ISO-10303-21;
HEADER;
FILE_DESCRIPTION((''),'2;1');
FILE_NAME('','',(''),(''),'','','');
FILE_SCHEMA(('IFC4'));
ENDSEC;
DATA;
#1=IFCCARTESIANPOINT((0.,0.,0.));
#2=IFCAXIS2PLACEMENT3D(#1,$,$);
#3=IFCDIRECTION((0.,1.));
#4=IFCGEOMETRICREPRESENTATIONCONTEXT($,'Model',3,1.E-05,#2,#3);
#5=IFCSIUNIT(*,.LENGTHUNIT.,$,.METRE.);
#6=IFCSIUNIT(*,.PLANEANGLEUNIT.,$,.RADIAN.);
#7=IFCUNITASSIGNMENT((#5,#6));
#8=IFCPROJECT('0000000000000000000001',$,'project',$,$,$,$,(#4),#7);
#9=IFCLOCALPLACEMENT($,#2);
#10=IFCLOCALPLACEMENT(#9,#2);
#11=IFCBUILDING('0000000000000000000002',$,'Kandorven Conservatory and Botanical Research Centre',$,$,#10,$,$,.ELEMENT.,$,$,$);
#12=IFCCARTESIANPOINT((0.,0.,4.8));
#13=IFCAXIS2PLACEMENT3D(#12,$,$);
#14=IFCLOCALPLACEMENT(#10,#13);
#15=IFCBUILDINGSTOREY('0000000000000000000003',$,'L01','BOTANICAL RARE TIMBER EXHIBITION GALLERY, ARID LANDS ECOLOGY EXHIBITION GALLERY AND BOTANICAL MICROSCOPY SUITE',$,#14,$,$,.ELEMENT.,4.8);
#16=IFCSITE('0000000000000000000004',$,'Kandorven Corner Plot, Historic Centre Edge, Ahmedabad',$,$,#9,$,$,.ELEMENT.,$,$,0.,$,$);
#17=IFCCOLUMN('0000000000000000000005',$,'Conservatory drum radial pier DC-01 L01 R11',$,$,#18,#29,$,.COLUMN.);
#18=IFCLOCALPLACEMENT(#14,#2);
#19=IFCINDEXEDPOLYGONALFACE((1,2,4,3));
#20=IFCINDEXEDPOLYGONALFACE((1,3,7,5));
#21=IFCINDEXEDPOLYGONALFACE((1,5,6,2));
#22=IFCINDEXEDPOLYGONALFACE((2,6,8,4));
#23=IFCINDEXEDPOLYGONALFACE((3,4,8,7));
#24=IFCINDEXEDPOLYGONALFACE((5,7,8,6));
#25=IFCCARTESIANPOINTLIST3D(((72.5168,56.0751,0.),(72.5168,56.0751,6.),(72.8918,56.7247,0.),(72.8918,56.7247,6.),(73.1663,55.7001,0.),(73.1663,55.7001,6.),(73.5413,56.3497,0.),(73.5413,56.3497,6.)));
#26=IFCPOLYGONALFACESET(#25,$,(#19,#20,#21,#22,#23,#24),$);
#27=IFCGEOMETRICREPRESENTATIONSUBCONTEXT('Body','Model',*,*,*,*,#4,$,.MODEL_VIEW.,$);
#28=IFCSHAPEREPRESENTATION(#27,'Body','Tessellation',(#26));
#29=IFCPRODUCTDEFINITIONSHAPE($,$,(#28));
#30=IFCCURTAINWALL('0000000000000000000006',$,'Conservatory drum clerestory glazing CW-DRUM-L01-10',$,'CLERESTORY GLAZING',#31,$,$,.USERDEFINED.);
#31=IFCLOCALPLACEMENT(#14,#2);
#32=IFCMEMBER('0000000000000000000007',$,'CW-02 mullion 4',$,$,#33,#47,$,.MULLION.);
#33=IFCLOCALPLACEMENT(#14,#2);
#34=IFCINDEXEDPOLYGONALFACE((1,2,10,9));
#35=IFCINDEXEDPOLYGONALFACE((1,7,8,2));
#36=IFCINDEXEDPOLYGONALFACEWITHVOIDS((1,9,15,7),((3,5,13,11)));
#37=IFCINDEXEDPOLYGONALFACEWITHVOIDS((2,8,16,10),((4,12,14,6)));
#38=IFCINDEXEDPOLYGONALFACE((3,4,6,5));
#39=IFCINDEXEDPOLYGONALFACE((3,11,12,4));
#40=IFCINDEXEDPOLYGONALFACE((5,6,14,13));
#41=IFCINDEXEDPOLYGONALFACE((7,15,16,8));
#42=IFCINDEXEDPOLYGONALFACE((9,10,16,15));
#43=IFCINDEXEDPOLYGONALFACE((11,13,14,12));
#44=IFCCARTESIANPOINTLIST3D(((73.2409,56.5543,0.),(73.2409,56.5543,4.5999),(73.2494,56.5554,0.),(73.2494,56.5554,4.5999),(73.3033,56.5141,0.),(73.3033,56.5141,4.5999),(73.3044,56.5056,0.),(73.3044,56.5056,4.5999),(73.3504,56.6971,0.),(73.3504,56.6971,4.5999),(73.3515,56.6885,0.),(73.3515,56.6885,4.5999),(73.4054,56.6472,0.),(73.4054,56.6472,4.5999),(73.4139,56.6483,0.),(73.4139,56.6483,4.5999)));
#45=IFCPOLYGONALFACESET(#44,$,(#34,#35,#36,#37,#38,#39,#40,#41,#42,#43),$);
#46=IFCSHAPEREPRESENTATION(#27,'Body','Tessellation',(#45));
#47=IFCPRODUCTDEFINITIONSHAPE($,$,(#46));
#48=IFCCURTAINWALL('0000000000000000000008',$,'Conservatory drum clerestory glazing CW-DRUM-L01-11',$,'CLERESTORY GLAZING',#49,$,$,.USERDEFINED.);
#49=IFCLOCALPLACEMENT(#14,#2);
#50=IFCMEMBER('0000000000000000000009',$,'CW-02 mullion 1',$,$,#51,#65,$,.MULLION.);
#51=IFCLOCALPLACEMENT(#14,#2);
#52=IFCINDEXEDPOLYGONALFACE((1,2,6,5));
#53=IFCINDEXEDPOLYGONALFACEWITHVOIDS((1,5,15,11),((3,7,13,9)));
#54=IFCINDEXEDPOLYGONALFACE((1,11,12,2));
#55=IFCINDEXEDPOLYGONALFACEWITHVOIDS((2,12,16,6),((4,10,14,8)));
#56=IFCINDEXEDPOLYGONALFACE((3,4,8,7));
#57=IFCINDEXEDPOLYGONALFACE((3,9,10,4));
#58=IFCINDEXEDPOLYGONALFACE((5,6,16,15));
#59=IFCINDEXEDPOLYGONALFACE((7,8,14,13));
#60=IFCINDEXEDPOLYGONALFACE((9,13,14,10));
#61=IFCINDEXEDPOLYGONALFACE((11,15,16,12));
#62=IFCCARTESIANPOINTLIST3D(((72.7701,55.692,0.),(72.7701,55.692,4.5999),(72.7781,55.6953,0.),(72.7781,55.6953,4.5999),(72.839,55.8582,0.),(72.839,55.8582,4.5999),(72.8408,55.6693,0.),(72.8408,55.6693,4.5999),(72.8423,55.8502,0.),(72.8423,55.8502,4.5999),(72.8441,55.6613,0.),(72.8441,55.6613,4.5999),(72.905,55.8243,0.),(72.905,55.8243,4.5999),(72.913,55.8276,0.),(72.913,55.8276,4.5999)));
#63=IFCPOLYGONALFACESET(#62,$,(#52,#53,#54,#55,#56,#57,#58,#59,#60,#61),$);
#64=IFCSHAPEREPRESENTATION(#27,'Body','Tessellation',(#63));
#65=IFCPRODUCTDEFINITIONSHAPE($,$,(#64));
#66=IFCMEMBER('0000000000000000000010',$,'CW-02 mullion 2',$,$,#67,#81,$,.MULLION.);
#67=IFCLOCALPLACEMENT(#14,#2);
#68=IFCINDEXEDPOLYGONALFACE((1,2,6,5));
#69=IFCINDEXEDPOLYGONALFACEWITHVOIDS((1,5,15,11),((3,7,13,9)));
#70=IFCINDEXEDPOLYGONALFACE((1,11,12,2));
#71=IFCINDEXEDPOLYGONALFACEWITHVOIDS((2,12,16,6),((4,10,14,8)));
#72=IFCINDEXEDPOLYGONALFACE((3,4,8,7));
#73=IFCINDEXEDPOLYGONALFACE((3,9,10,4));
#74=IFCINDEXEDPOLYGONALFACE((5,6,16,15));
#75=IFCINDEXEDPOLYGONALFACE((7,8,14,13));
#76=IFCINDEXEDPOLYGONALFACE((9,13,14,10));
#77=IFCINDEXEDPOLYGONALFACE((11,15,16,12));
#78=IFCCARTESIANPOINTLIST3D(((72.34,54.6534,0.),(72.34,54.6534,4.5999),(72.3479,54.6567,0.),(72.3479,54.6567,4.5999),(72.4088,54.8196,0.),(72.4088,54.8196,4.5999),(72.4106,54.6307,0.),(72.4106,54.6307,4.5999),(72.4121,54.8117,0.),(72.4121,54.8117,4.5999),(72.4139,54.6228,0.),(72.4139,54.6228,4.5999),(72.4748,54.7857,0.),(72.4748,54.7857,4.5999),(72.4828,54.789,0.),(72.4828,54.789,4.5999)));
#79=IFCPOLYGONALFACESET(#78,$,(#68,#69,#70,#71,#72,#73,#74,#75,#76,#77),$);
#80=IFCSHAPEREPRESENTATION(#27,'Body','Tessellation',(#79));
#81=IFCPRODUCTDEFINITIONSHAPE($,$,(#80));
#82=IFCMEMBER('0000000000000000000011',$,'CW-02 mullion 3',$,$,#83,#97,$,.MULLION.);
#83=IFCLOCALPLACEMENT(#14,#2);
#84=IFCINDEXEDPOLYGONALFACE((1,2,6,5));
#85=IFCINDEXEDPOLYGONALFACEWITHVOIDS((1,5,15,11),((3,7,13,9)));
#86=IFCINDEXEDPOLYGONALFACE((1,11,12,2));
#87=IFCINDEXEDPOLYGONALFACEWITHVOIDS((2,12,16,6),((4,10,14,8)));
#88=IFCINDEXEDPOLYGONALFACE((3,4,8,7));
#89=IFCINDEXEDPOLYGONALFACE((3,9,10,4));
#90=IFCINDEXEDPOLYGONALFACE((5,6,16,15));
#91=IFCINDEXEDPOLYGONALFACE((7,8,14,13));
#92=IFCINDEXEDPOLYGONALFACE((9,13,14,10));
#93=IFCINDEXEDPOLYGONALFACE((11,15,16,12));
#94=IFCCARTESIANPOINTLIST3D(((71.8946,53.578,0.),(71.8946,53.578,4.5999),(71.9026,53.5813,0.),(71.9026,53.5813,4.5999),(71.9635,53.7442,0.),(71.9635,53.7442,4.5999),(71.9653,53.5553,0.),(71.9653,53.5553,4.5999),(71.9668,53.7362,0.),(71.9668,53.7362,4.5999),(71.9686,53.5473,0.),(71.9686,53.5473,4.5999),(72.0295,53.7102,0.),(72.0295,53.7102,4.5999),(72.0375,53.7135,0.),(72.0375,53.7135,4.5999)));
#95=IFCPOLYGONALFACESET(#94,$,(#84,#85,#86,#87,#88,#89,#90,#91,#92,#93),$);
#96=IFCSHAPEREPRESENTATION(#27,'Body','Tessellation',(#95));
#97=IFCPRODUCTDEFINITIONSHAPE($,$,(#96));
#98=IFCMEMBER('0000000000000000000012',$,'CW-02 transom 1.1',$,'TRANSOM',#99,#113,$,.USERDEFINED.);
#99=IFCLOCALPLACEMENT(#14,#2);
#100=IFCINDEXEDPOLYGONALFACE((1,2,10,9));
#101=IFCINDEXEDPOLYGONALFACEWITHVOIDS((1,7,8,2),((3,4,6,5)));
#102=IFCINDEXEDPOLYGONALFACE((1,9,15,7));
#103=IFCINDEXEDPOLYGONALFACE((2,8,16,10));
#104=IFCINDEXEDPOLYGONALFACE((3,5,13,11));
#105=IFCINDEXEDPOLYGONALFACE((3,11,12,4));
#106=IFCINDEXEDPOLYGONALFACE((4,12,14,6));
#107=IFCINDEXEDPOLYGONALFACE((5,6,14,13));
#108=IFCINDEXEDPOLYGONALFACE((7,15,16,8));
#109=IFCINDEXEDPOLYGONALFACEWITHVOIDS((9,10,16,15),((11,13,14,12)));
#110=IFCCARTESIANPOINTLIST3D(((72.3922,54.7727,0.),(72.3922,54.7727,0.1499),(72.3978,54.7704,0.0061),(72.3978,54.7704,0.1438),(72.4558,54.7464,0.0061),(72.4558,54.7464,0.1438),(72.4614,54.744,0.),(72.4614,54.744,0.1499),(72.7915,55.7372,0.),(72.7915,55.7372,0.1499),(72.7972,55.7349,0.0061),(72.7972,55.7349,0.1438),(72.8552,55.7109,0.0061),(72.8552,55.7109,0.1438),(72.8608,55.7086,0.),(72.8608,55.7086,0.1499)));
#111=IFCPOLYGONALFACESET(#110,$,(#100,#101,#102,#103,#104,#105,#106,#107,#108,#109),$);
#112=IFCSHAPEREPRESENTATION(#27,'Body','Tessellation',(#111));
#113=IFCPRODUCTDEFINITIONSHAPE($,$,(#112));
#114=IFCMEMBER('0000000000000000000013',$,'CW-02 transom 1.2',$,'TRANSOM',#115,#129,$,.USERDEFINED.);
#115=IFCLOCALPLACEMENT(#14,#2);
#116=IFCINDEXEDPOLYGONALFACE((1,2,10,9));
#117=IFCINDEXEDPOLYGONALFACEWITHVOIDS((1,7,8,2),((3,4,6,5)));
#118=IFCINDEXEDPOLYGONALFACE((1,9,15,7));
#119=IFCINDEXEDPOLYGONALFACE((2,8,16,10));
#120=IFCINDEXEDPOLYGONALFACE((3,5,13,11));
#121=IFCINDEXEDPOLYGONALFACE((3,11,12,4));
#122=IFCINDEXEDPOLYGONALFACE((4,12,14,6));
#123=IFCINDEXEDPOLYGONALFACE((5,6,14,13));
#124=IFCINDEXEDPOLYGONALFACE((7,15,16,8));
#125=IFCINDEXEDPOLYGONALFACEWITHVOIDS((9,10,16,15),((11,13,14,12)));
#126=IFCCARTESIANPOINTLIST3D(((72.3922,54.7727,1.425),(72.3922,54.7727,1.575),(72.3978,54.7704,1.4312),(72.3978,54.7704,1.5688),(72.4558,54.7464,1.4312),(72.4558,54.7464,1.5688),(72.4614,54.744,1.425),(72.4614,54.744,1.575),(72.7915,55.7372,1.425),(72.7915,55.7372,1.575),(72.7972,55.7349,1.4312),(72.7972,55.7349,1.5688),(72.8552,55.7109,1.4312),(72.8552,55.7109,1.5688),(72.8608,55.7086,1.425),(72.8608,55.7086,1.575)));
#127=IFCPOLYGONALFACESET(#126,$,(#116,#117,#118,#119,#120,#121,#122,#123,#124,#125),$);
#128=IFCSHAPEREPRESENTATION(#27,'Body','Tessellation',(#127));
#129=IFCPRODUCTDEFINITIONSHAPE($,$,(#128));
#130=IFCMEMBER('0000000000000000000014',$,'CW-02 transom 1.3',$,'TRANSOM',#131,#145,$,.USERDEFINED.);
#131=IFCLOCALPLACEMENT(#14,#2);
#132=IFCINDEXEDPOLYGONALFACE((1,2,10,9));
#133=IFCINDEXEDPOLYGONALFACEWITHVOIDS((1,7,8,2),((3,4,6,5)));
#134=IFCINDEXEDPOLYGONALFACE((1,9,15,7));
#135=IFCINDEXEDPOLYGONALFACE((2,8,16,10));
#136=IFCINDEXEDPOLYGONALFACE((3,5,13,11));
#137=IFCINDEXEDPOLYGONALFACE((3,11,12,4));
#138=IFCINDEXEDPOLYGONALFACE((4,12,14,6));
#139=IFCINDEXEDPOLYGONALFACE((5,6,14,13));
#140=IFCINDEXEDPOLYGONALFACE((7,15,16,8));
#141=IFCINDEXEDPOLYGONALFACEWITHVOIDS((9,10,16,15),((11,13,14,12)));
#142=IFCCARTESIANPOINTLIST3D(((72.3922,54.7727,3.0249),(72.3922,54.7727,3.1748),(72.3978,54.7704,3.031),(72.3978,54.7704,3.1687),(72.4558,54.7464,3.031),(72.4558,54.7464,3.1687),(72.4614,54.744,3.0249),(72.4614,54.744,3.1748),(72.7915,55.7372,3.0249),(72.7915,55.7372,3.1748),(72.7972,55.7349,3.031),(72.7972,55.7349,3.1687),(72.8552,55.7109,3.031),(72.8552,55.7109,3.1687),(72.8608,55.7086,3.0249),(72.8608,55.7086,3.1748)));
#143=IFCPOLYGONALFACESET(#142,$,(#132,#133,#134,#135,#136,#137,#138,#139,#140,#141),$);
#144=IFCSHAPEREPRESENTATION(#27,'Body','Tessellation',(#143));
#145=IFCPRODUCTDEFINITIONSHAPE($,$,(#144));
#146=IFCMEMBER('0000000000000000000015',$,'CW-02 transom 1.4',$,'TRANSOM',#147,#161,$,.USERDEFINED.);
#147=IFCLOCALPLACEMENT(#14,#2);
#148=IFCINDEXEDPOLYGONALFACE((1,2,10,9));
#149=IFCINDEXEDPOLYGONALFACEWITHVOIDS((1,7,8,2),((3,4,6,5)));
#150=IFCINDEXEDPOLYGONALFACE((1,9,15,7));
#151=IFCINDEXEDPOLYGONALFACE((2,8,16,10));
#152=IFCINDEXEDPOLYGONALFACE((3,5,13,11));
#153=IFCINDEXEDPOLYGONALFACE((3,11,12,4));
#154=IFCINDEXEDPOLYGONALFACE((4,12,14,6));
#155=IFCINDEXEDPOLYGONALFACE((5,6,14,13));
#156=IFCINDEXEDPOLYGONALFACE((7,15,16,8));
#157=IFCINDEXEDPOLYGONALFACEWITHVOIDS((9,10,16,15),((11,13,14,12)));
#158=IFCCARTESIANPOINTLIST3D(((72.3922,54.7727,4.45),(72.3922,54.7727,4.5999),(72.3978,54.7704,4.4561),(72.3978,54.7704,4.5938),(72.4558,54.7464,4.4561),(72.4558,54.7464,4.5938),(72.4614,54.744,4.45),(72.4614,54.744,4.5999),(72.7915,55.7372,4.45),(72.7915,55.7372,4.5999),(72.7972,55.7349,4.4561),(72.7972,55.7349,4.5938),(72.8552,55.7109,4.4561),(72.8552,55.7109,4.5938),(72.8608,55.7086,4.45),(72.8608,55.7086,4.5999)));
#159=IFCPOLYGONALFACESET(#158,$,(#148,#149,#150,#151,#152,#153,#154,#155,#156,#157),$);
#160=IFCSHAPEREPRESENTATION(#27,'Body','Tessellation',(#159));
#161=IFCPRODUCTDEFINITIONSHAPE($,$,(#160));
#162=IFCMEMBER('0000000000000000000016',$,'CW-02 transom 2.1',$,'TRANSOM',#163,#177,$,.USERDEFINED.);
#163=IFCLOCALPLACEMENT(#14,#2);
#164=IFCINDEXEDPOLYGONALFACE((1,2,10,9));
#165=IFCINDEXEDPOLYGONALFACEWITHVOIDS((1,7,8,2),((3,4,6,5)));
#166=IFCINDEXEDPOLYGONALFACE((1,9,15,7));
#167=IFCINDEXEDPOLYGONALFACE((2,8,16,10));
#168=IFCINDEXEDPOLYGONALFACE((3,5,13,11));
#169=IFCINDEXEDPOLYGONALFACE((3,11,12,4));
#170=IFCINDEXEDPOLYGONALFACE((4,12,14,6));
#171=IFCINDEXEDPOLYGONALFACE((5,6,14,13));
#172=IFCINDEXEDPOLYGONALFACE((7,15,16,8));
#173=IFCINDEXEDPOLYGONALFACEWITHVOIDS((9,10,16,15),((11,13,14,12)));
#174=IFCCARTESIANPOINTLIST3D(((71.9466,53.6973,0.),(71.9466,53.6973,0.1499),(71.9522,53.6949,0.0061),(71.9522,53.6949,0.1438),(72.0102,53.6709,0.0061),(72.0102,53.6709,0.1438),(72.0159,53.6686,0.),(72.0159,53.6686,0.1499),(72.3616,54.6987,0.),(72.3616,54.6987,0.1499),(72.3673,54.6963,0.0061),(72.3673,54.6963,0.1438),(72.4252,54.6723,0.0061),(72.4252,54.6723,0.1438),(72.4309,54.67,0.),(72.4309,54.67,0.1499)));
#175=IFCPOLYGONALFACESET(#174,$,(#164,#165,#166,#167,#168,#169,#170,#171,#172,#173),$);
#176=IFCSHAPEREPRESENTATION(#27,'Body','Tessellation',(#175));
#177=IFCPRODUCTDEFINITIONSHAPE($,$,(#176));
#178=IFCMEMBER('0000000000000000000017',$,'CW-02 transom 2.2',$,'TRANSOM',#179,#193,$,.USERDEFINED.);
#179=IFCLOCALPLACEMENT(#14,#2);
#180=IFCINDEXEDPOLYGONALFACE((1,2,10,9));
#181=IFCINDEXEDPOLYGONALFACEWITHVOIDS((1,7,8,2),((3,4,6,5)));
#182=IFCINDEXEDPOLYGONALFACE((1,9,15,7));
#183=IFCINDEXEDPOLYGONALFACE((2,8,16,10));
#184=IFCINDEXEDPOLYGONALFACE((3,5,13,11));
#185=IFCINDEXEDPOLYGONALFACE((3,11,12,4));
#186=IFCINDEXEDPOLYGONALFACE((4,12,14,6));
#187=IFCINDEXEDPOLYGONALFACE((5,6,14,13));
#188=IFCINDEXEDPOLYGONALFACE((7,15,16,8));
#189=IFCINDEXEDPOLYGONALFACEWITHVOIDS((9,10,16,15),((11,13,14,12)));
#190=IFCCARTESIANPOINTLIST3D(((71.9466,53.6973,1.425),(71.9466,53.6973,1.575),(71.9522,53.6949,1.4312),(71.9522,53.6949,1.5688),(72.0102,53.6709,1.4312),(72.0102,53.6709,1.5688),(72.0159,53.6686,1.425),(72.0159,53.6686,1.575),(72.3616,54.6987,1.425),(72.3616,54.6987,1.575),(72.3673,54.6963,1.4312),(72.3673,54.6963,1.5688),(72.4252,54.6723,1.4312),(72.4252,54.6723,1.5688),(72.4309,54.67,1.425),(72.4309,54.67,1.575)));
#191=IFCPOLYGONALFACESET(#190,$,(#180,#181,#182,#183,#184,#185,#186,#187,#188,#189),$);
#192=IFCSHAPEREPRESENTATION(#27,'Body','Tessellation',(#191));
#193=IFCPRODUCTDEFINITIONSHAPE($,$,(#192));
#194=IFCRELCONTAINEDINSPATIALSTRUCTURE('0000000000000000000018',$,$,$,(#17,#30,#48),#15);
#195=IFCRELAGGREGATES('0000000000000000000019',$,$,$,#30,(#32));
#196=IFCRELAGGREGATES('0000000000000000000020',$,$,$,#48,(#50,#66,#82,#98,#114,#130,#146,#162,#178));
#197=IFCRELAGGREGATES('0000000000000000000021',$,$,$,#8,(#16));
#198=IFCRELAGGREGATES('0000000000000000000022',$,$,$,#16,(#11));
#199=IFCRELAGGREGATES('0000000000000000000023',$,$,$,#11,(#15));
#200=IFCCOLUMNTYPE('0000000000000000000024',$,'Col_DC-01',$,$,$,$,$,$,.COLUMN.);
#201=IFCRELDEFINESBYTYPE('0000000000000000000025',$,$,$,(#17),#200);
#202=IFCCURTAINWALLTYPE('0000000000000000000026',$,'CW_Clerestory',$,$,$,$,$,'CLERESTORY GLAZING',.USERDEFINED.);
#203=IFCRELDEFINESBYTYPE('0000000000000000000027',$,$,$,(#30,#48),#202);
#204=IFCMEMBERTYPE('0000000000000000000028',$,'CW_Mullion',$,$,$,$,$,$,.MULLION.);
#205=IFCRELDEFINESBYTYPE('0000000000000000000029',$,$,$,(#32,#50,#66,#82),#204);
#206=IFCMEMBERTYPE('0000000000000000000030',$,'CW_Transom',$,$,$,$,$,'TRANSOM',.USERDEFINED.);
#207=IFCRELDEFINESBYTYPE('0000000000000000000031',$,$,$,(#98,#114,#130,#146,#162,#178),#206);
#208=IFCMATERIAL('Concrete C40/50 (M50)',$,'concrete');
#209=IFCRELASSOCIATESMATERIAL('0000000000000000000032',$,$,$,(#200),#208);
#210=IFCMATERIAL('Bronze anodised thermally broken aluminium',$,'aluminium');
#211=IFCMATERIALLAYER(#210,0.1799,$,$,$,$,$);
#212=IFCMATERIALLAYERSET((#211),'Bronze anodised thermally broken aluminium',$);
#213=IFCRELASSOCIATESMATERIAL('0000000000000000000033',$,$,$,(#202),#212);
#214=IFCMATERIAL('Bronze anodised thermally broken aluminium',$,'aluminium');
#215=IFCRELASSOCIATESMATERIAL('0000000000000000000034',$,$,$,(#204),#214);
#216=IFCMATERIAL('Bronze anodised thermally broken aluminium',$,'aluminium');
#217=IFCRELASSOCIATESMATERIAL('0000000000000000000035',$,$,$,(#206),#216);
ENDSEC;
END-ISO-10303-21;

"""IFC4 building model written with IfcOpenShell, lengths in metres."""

from ifc_helpers import new_model, si_unit, direction, frame, origin, origin_2d, place, context, subcontext, project, spatial, rectangle, hollow_rectangle, extrude, material, layer, layer_set, material_profile, profile_set, type_object, element, aggregate, save


model = new_model("IFC4")

# Units and contexts
model_context = context("Model", 3, precision=1e-05, world=origin(), true_north=direction((0.0, 1.0)))
body_context = subcontext(model_context, "Body", "Model", "MODEL_VIEW")
ifc_project = project(units=[si_unit("LENGTHUNIT", "METRE"), si_unit("PLANEANGLEUNIT", "RADIAN")], contexts=[model_context])

# Site, building, storey
site_placement = place(None, origin())
site = spatial("IfcSite", under=ifc_project, at=site_placement, Name="Kandorven Corner Plot, Historic Centre Edge, Ahmedabad", CompositionType="ELEMENT", RefElevation=0.0)
building_placement = place(site_placement, origin())
building = spatial("IfcBuilding", under=site, at=building_placement, Name="Kandorven Conservatory and Botanical Research Centre", CompositionType="ELEMENT")
storey_placement = place(building_placement, frame((0.0, 0.0, 4.8)))
storey = spatial("IfcBuildingStorey", under=building, at=storey_placement, Name="L01", Description="BOTANICAL RARE TIMBER EXHIBITION GALLERY, ARID LANDS ECOLOGY EXHIBITION GALLERY AND BOTANICAL MICROSCOPY SUITE", CompositionType="ELEMENT", Elevation=4.8)

# Column
ifc_material_1 = material(Name="Concrete C40/50 (M50)", Category="concrete")
ifc_material_profile_1 = material_profile(ifc_material_1, rectangle(XDim=0.75, YDim=0.75, at=origin_2d()))
ifc_profile_set_1 = profile_set([ifc_material_profile_1], Name="Concrete C40/50 (M50)")
column_type = type_object("IfcColumnType", Name="Col_DC-01", PredefinedType="COLUMN", material=ifc_profile_set_1)
column_placement = place(storey_placement, frame((73.0291, 56.2124, 0.0), z_axis=(0.0, 0.0, 1.0), x_axis=(-0.866025, 0.5, 0.0)))
element("IfcColumn", 1, at=column_placement, inside=storey, type_object=column_type, Name="Conservatory drum radial pier DC-01 L01 R11", PredefinedType="COLUMN", context=body_context, shape_type="SweptSolid", body=[
    extrude(rectangle(XDim=0.75, YDim=0.75, at=origin_2d()), origin(), (0.0, 0.0, 1.0), 6.0),
])

# Curtain wall, member
ifc_material_2 = material(Name="Bronze anodised thermally broken aluminium", Category="aluminium")
ifc_layer_1 = layer(ifc_material_2, 0.1799)
ifc_layer_set_1 = layer_set([ifc_layer_1], Name="Bronze anodised thermally broken aluminium")
curtain_wall_type = type_object("IfcCurtainWallType", Name="CW_Clerestory", ElementType="CLERESTORY GLAZING", PredefinedType="USERDEFINED", material=ifc_layer_set_1)
curtain_wall_1_placement = place(storey_placement, origin())
curtain_wall_1 = element("IfcCurtainWall", 2, at=curtain_wall_1_placement, inside=storey, type_object=curtain_wall_type, Name="Conservatory drum clerestory glazing CW-DRUM-L01-10", ObjectType="CLERESTORY GLAZING", PredefinedType="USERDEFINED")
ifc_material_3 = material(Name="Bronze anodised thermally broken aluminium", Category="aluminium")
ifc_material_profile_2 = material_profile(ifc_material_3, hollow_rectangle(XDim=0.0801, YDim=0.1799, WallThickness=0.0061, at=origin_2d()))
ifc_profile_set_2 = profile_set([ifc_material_profile_2], Name="Bronze anodised thermally broken aluminium")
member_type_1 = type_object("IfcMemberType", Name="CW_Mullion", PredefinedType="MULLION", material=ifc_profile_set_2)
member_1_placement = place(storey_placement, frame((73.3274, 56.6013, 0.0), z_axis=(0.0, 0.0, 1.0), x_axis=(0.793347, -0.608769, 0.0)))
member_1 = element("IfcMember", 3, at=member_1_placement, type_object=member_type_1, Name="CW-02 mullion 4", PredefinedType="MULLION", context=body_context, shape_type="SweptSolid", body=[
    extrude(hollow_rectangle(XDim=0.0801, YDim=0.1799, WallThickness=0.0061, at=origin_2d()), origin(), (0.0, 0.0, 1.0), 4.5999),
])

# Curtain wall, members
curtain_wall_2_placement = place(storey_placement, origin())
curtain_wall_2 = element("IfcCurtainWall", 4, at=curtain_wall_2_placement, inside=storey, type_object=curtain_wall_type, Name="Conservatory drum clerestory glazing CW-DRUM-L01-11", ObjectType="CLERESTORY GLAZING", PredefinedType="USERDEFINED")
member_2_placement = place(storey_placement, frame((72.8416, 55.7598, 0.0), z_axis=(0.0, 0.0, 1.0), x_axis=(0.923886, -0.382669, 0.0)))
member_2 = element("IfcMember", 5, at=member_2_placement, type_object=member_type_1, Name="CW-02 mullion 1", PredefinedType="MULLION", context=body_context, shape_type="SweptSolid", body=[
    extrude(hollow_rectangle(XDim=0.0801, YDim=0.1799, WallThickness=0.0061, at=origin_2d()), origin(), (0.0, 0.0, 1.0), 4.5999),
])
member_3_placement = place(storey_placement, frame((72.4114, 54.7212, 0.0), z_axis=(0.0, 0.0, 1.0), x_axis=(0.923886, -0.382669, 0.0)))
member_3 = element("IfcMember", 6, at=member_3_placement, type_object=member_type_1, Name="CW-02 mullion 2", PredefinedType="MULLION", context=body_context, shape_type="SweptSolid", body=[
    extrude(hollow_rectangle(XDim=0.0801, YDim=0.1799, WallThickness=0.0061, at=origin_2d()), origin(), (0.0, 0.0, 1.0), 4.5999),
])
member_4_placement = place(storey_placement, frame((71.9661, 53.6458, 0.0), z_axis=(0.0, 0.0, 1.0), x_axis=(0.923886, -0.382669, 0.0)))
member_4 = element("IfcMember", 7, at=member_4_placement, type_object=member_type_1, Name="CW-02 mullion 3", PredefinedType="MULLION", context=body_context, shape_type="SweptSolid", body=[
    extrude(hollow_rectangle(XDim=0.0801, YDim=0.1799, WallThickness=0.0061, at=origin_2d()), origin(), (0.0, 0.0, 1.0), 4.5999),
])
ifc_material_4 = material(Name="Bronze anodised thermally broken aluminium", Category="aluminium")
ifc_material_profile_3 = material_profile(ifc_material_4, hollow_rectangle(XDim=0.075, YDim=0.1499, WallThickness=0.0061, at=origin_2d()))
ifc_profile_set_3 = profile_set([ifc_material_profile_3], Name="Bronze anodised thermally broken aluminium")
member_type_2 = type_object("IfcMemberType", Name="CW_Transom", ElementType="TRANSOM", PredefinedType="USERDEFINED", material=ifc_profile_set_3)
member_5_placement = place(storey_placement, frame((72.8262, 55.7229, 0.075), z_axis=(-0.382572, -0.923926, 0.0), x_axis=(0.923926, -0.382572, 0.0)))
member_5 = element("IfcMember", 8, at=member_5_placement, type_object=member_type_2, Name="CW-02 transom 1.1", ObjectType="TRANSOM", PredefinedType="USERDEFINED", context=body_context, shape_type="SweptSolid", body=[
    extrude(hollow_rectangle(XDim=0.075, YDim=0.1499, WallThickness=0.0061, at=origin_2d()), origin(), (0.0, 0.0, 1.0), 1.0439),
])
member_6_placement = place(storey_placement, frame((72.8262, 55.7229, 1.5), z_axis=(-0.382572, -0.923926, 0.0), x_axis=(0.923926, -0.382572, 0.0)))
member_6 = element("IfcMember", 9, at=member_6_placement, type_object=member_type_2, Name="CW-02 transom 1.2", ObjectType="TRANSOM", PredefinedType="USERDEFINED", context=body_context, shape_type="SweptSolid", body=[
    extrude(hollow_rectangle(XDim=0.075, YDim=0.1499, WallThickness=0.0061, at=origin_2d()), origin(), (0.0, 0.0, 1.0), 1.0439),
])
member_7_placement = place(storey_placement, frame((72.8262, 55.7229, 3.0999), z_axis=(-0.382572, -0.923926, 0.0), x_axis=(0.923926, -0.382572, 0.0)))
member_7 = element("IfcMember", 10, at=member_7_placement, type_object=member_type_2, Name="CW-02 transom 1.3", ObjectType="TRANSOM", PredefinedType="USERDEFINED", context=body_context, shape_type="SweptSolid", body=[
    extrude(hollow_rectangle(XDim=0.075, YDim=0.1499, WallThickness=0.0061, at=origin_2d()), origin(), (0.0, 0.0, 1.0), 1.0439),
])
member_8_placement = place(storey_placement, frame((72.8262, 55.7229, 4.5249), z_axis=(-0.382572, -0.923926, 0.0), x_axis=(0.923926, -0.382572, 0.0)))
member_8 = element("IfcMember", 11, at=member_8_placement, type_object=member_type_2, Name="CW-02 transom 1.4", ObjectType="TRANSOM", PredefinedType="USERDEFINED", context=body_context, shape_type="SweptSolid", body=[
    extrude(hollow_rectangle(XDim=0.075, YDim=0.1499, WallThickness=0.0061, at=origin_2d()), origin(), (0.0, 0.0, 1.0), 1.0439),
])
member_9_placement = place(storey_placement, frame((72.3962, 54.6843, 0.075), z_axis=(-0.382856, -0.923808, 0.0), x_axis=(0.923808, -0.382856, 0.0)))
member_9 = element("IfcMember", 12, at=member_9_placement, type_object=member_type_2, Name="CW-02 transom 2.1", ObjectType="TRANSOM", PredefinedType="USERDEFINED", context=body_context, shape_type="SweptSolid", body=[
    extrude(hollow_rectangle(XDim=0.075, YDim=0.1499, WallThickness=0.0061, at=origin_2d()), origin(), (0.0, 0.0, 1.0), 1.084),
])
member_10_placement = place(storey_placement, frame((72.3962, 54.6843, 1.5), z_axis=(-0.382856, -0.923808, 0.0), x_axis=(0.923808, -0.382856, 0.0)))
member_10 = element("IfcMember", 13, at=member_10_placement, type_object=member_type_2, Name="CW-02 transom 2.2", ObjectType="TRANSOM", PredefinedType="USERDEFINED", context=body_context, shape_type="SweptSolid", body=[
    extrude(hollow_rectangle(XDim=0.075, YDim=0.1499, WallThickness=0.0061, at=origin_2d()), origin(), (0.0, 0.0, 1.0), 1.084),
])

aggregate(curtain_wall_1, [member_1])
aggregate(curtain_wall_2, [member_2, member_3, member_4, member_5, member_6, member_7, member_8, member_9, member_10])

save(model, "model.ifc")
